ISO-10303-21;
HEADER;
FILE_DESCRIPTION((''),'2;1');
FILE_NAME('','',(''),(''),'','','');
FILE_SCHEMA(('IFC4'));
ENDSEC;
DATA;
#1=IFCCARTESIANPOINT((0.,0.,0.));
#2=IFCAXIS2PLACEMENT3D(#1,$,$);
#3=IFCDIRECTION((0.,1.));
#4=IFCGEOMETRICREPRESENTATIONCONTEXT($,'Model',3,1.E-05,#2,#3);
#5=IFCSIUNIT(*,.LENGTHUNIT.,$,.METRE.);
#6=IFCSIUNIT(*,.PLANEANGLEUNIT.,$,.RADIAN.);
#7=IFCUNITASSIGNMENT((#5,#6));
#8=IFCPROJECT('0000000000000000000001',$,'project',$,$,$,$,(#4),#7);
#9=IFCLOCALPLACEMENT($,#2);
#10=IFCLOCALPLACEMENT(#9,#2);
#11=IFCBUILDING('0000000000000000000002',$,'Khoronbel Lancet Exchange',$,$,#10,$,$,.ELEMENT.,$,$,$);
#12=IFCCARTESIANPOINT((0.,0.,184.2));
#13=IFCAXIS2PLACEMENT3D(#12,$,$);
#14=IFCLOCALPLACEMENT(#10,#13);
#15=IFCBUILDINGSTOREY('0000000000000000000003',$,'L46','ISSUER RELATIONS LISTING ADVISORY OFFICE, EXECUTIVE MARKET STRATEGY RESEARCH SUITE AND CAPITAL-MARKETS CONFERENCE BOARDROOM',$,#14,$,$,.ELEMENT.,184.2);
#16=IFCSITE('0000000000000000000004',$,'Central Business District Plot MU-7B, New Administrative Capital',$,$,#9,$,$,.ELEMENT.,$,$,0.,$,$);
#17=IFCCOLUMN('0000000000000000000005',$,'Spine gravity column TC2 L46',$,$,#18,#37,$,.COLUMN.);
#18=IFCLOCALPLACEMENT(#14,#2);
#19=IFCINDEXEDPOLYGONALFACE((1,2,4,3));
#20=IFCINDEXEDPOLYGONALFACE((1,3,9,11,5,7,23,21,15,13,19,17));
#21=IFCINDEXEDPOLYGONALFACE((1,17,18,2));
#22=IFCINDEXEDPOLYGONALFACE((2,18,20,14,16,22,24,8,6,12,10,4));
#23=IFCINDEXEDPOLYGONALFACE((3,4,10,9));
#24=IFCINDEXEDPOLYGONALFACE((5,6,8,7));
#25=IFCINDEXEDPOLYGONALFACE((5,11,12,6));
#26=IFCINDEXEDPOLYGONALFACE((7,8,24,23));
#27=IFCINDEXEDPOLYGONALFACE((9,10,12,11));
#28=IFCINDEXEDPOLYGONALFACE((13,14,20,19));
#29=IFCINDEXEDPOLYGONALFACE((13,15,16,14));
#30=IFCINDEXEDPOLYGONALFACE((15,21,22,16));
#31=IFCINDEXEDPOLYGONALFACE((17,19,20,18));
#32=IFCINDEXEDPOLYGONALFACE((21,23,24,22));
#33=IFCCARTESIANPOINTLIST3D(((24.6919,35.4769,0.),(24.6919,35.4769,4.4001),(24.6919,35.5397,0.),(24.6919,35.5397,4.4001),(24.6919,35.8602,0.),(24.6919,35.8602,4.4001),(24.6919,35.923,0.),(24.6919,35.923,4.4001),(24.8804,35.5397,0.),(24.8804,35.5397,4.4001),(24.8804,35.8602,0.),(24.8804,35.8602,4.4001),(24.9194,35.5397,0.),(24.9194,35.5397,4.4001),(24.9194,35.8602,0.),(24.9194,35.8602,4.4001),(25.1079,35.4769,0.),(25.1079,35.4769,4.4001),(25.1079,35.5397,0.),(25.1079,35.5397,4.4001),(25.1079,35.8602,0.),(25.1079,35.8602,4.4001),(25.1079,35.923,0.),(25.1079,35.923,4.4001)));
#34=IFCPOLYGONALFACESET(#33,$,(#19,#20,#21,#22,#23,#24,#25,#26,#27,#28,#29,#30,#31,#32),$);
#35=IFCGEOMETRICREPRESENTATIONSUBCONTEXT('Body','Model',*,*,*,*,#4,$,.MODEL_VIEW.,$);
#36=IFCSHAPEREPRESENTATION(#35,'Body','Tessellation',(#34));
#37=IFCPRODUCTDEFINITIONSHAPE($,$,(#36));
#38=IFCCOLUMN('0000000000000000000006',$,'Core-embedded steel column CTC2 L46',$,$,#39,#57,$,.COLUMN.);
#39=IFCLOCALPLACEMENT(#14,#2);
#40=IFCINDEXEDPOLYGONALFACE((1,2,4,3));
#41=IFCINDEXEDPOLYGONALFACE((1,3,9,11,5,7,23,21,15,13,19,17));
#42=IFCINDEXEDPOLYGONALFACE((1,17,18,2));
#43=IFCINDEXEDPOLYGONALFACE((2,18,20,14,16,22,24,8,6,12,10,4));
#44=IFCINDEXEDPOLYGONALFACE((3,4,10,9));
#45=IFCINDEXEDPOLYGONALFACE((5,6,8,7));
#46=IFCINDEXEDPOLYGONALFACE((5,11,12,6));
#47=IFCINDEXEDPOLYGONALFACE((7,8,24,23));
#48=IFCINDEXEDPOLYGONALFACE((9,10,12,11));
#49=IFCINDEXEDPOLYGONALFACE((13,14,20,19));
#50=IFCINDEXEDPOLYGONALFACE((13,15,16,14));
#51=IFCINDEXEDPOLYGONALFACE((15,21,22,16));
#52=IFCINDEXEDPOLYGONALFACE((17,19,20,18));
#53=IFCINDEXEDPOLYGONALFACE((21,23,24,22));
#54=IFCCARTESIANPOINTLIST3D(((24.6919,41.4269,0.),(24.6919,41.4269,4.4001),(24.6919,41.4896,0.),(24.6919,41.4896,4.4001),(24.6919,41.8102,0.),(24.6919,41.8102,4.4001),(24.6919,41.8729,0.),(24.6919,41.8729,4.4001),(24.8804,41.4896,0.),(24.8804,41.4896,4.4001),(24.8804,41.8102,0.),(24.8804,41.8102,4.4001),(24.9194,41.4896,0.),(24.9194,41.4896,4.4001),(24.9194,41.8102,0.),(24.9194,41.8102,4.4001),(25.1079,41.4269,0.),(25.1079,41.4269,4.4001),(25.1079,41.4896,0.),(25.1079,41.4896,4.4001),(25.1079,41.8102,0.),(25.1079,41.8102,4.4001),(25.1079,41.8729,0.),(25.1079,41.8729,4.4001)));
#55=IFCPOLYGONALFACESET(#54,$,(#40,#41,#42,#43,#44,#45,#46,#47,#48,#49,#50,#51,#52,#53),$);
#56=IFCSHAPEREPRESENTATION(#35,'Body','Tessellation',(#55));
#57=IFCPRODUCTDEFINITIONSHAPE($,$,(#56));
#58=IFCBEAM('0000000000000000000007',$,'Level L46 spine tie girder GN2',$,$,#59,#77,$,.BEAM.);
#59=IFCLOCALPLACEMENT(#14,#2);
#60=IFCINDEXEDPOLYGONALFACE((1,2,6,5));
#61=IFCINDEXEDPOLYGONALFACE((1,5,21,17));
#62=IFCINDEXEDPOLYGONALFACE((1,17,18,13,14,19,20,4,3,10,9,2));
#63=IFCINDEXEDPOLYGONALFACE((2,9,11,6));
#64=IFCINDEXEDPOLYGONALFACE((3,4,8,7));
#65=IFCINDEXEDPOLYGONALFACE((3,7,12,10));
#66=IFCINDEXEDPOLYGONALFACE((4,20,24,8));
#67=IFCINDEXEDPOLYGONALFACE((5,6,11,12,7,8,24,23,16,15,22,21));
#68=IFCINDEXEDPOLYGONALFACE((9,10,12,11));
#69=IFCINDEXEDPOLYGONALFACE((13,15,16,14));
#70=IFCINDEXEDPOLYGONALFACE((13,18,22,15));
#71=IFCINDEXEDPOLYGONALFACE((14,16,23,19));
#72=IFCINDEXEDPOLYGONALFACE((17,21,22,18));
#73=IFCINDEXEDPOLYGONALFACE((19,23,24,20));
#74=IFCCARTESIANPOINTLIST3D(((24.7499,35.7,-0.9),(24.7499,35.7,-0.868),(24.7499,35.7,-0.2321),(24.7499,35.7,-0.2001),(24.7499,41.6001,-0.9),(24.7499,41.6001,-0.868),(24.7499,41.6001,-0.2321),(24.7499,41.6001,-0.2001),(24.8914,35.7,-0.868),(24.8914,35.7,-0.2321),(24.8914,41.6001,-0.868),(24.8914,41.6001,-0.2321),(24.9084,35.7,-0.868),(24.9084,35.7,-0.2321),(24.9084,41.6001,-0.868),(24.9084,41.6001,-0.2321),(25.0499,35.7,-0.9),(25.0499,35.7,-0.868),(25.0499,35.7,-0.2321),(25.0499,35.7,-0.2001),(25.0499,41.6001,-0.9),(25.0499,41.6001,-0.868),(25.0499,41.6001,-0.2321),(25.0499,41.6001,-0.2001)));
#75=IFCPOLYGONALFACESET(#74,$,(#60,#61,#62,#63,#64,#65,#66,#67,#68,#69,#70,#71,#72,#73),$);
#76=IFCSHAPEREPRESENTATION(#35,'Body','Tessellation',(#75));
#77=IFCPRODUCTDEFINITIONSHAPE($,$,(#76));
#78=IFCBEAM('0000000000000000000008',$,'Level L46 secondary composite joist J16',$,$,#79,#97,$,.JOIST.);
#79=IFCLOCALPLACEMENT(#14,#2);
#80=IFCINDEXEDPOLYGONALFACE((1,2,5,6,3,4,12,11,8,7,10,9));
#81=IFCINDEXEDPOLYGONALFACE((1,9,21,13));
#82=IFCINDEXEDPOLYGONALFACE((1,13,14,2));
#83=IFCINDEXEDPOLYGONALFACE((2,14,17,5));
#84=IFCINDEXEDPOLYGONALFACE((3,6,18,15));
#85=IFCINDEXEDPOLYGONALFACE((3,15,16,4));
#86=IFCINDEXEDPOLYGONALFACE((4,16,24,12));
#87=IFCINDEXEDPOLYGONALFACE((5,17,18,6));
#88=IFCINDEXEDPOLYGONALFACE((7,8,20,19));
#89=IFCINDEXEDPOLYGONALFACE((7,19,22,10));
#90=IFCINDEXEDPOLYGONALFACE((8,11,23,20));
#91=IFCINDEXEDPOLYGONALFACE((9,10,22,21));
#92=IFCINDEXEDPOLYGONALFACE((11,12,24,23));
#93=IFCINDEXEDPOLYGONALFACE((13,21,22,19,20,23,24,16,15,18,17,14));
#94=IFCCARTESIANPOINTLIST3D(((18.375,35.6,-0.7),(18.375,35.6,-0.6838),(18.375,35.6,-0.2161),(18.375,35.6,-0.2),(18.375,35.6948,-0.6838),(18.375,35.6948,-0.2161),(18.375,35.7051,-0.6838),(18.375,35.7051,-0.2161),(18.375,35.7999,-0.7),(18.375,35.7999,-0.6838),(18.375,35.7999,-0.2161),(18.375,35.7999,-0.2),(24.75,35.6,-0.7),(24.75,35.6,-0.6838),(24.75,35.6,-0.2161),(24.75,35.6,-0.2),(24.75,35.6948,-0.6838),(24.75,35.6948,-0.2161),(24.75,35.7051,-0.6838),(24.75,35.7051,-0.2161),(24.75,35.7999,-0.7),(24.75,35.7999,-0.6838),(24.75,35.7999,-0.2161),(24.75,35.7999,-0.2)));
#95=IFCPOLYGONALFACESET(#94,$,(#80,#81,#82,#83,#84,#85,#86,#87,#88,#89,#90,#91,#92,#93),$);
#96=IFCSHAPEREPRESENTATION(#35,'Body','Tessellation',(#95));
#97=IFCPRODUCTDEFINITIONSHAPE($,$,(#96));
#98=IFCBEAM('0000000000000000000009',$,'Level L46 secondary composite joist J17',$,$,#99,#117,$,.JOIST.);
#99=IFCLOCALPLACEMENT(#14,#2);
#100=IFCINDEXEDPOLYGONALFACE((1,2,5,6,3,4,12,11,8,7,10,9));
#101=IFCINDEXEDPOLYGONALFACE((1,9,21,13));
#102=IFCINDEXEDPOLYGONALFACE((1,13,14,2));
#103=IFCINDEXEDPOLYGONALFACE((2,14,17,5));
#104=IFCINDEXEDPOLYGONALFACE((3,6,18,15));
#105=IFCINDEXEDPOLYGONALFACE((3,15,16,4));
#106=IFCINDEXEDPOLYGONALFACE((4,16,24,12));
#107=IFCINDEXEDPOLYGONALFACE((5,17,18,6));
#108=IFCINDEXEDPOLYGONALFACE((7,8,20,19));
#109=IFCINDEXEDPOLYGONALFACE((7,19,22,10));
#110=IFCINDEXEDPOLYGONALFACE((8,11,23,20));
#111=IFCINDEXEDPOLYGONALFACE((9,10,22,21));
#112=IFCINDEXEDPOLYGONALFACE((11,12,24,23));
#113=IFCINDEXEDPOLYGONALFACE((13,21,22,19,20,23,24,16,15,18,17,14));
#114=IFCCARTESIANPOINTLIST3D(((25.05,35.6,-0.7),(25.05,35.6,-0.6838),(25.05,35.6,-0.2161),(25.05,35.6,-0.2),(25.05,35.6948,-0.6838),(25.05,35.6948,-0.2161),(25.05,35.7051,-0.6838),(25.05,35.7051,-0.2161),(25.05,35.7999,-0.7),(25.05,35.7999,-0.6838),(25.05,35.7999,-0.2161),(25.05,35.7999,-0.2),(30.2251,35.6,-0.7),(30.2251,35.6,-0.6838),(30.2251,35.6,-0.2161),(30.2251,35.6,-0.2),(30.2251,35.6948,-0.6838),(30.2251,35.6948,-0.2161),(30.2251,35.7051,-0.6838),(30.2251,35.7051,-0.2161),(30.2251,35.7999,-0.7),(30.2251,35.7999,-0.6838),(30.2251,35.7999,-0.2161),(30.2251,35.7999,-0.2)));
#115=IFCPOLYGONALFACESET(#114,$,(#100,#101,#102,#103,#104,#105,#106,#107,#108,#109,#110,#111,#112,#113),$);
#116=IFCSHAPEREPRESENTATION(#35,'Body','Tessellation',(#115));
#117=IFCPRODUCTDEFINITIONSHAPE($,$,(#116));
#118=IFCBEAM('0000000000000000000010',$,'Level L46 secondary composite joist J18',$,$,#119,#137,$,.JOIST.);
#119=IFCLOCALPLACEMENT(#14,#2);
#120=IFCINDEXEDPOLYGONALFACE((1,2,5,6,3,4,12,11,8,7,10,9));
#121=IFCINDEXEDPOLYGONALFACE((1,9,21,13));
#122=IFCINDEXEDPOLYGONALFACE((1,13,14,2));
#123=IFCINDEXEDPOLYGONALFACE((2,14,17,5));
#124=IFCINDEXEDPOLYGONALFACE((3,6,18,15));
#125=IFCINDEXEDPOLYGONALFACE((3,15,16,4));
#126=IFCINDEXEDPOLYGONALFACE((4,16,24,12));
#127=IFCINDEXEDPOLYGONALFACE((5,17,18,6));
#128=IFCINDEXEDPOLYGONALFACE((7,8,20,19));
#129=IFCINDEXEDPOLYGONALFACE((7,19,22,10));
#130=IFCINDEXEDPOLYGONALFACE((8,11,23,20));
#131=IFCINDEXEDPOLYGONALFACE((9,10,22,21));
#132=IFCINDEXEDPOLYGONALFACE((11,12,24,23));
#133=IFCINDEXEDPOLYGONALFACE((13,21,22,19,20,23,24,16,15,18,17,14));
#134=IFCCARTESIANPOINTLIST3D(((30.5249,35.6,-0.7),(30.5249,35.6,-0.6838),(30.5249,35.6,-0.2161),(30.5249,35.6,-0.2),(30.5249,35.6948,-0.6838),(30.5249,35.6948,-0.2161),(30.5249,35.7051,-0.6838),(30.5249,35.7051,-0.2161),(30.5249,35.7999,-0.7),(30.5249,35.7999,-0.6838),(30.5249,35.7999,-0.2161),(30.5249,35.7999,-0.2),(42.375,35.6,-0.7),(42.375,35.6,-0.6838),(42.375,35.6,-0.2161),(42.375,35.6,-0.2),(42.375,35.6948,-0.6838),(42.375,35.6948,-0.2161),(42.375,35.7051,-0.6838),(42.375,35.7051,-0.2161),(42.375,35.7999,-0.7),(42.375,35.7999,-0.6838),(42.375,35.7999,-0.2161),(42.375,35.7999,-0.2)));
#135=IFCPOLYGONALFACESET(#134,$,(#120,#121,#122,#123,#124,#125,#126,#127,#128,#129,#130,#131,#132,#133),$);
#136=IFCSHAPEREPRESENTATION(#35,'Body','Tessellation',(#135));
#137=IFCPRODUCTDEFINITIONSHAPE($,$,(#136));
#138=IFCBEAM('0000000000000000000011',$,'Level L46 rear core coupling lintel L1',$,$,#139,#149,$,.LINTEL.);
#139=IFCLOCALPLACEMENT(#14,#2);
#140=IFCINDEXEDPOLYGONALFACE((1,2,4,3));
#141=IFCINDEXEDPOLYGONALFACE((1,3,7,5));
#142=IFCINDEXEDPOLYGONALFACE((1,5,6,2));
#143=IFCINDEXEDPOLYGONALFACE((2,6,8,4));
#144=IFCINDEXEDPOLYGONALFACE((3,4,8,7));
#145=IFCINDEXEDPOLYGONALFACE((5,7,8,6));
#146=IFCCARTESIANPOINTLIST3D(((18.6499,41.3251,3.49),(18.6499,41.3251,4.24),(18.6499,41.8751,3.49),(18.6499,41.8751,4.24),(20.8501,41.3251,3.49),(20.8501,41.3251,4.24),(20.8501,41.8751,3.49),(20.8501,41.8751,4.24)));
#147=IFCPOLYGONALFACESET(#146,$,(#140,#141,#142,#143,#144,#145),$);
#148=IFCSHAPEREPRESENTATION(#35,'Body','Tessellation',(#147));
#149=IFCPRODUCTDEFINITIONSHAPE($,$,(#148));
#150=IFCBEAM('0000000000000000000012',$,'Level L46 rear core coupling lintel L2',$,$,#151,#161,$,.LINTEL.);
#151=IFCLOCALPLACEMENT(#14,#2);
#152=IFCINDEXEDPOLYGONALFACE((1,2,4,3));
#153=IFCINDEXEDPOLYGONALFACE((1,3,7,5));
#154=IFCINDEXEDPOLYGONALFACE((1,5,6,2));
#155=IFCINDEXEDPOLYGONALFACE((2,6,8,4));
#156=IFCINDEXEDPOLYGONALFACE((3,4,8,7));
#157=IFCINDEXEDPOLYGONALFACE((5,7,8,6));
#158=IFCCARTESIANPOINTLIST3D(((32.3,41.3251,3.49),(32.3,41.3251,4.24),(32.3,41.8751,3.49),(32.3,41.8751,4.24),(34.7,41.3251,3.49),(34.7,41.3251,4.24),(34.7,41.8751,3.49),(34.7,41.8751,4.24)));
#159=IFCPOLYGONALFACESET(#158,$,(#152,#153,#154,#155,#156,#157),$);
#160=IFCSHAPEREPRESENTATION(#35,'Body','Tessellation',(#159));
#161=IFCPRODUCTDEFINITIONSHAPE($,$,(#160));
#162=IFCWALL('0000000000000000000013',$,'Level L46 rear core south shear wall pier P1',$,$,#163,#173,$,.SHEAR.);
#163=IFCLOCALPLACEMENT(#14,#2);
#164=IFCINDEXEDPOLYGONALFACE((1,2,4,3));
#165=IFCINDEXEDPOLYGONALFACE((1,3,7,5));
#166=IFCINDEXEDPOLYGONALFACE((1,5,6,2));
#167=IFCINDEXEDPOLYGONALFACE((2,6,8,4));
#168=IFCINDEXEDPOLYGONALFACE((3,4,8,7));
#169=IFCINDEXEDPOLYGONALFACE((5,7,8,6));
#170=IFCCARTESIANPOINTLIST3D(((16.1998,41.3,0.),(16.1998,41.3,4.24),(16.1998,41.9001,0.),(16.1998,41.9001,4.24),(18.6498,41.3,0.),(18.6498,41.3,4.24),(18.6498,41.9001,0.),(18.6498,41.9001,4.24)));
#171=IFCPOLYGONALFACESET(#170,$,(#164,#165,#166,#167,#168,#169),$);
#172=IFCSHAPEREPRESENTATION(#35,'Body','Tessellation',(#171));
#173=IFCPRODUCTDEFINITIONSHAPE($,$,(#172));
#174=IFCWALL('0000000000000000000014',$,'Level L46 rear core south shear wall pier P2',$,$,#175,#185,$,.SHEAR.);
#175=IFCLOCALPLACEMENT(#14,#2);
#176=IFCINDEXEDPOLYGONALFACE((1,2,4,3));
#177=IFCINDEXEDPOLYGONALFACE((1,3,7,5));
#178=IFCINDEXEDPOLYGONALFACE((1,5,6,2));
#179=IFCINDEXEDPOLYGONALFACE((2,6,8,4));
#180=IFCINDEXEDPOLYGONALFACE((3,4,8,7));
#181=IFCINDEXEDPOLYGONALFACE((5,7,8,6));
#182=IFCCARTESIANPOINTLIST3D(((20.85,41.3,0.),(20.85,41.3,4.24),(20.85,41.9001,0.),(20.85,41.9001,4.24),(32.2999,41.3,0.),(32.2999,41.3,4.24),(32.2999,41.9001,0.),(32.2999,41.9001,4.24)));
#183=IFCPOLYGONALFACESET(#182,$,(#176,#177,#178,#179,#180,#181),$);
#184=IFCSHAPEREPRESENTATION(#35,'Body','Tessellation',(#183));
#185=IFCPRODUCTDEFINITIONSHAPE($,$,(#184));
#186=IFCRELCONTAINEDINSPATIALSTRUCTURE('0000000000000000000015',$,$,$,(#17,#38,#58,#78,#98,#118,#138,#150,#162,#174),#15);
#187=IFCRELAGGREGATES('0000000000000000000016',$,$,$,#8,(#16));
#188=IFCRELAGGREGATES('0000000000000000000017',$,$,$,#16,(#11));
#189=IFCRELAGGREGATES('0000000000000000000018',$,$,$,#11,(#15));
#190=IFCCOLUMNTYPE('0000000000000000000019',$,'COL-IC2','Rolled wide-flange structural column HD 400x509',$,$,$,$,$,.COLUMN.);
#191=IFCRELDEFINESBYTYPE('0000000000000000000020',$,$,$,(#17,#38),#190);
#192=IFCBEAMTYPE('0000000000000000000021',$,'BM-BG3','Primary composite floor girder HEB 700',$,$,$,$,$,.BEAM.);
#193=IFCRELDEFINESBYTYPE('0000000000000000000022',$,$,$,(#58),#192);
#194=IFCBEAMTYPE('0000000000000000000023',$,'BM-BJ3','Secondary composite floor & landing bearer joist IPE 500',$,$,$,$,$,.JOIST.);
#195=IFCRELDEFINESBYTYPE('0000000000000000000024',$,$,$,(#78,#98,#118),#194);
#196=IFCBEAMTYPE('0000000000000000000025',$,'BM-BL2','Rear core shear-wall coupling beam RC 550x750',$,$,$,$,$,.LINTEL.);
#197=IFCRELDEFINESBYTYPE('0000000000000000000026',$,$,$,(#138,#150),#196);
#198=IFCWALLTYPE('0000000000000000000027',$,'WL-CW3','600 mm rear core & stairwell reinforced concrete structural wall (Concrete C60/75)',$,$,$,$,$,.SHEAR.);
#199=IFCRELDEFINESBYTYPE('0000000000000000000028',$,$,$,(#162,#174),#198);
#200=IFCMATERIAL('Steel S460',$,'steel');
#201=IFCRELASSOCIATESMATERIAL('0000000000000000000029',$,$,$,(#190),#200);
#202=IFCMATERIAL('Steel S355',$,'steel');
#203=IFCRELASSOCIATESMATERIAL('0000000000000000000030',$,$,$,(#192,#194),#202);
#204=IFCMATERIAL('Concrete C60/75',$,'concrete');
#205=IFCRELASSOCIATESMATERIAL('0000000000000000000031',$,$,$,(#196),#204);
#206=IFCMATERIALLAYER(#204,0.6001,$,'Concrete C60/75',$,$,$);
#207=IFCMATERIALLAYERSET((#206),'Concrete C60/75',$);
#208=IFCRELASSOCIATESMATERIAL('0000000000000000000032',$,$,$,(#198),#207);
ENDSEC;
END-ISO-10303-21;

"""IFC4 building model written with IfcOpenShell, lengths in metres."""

from ifc_helpers import new_model, si_unit, direction, frame, frame_2d, origin, origin_2d, place, context, subcontext, project, spatial, rectangle, i_section, extrude, material, layer, layer_set, material_profile, profile_set, type_object, element, save


model = new_model("IFC4")

# Units and contexts
model_context = context("Model", 3, precision=1e-05, world=origin(), true_north=direction((0.0, 1.0)))
body_context = subcontext(model_context, "Body", "Model", "MODEL_VIEW")
ifc_project = project(units=[si_unit("LENGTHUNIT", "METRE"), si_unit("PLANEANGLEUNIT", "RADIAN")], contexts=[model_context])

# Site, building, storey
site_placement = place(None, origin())
site = spatial("IfcSite", under=ifc_project, at=site_placement, Name="Central Business District Plot MU-7B, New Administrative Capital", CompositionType="ELEMENT", RefElevation=0.0)
building_placement = place(site_placement, origin())
building = spatial("IfcBuilding", under=site, at=building_placement, Name="Khoronbel Lancet Exchange", CompositionType="ELEMENT")
storey_placement = place(building_placement, frame((0.0, 0.0, 184.2)))
storey = spatial("IfcBuildingStorey", under=building, at=storey_placement, Name="L46", Description="ISSUER RELATIONS LISTING ADVISORY OFFICE, EXECUTIVE MARKET STRATEGY RESEARCH SUITE AND CAPITAL-MARKETS CONFERENCE BOARDROOM", CompositionType="ELEMENT", Elevation=184.2)

# Columns
ifc_material_1 = material(Name="Steel S460", Category="steel")
ifc_material_profile_1 = material_profile(ifc_material_1, i_section(OverallWidth=0.416, OverallDepth=0.446, WebThickness=0.0391, FlangeThickness=0.0627, at=origin_2d()), Name="HD 400x509")
ifc_profile_set_1 = profile_set([ifc_material_profile_1], Name="Steel S460")
column_type = type_object("IfcColumnType", Name="COL-IC2", Description="Rolled wide-flange structural column HD 400x509", PredefinedType="COLUMN", material=ifc_profile_set_1)
for number, where, z_axis, x_axis, name in (
    (1, (24.8999, 35.7, 0.0), (0.0, 0.0, 1.0), (1.0, 0.0, 0.0), "Spine gravity column TC2 L46"),
    (2, (24.8999, 41.6499, 0.0), (0.0, 0.0, 1.0), (1.0, 0.0, 0.0), "Core-embedded steel column CTC2 L46"),
):
    element("IfcColumn", number, at=place(storey_placement, frame(where, z_axis=z_axis, x_axis=x_axis)), inside=storey, type_object=column_type, Name=name, PredefinedType="COLUMN", context=body_context, shape_type="SweptSolid", body=[
        extrude(i_section(OverallWidth=0.416, OverallDepth=0.446, WebThickness=0.0391, FlangeThickness=0.0627, at=origin_2d()), origin(), (0.0, 0.0, 1.0), 4.4001),
    ])

# Beams
ifc_material_2 = material(Name="Steel S355", Category="steel")
ifc_material_profile_2 = material_profile(ifc_material_2, i_section(OverallWidth=0.3, OverallDepth=0.7, WebThickness=0.0171, FlangeThickness=0.032, at=origin_2d()), Name="HEB 700")
ifc_profile_set_2 = profile_set([ifc_material_profile_2], Name="Steel S355")
beam_type_1 = type_object("IfcBeamType", Name="BM-BG3", Description="Primary composite floor girder HEB 700", PredefinedType="BEAM", material=ifc_profile_set_2)
beam_1_placement = place(storey_placement, frame((24.8999, 35.7, -0.55), z_axis=(0.0, 1.0, 0.0), x_axis=(-1.0, 0.0, 0.0)))
element("IfcBeam", 3, at=beam_1_placement, inside=storey, type_object=beam_type_1, Name="Level L46 spine tie girder GN2", PredefinedType="BEAM", context=body_context, shape_type="SweptSolid", body=[
    extrude(i_section(OverallWidth=0.3, OverallDepth=0.7, WebThickness=0.0171, FlangeThickness=0.032, at=origin_2d()), origin(), (0.0, 0.0, 1.0), 5.9001),
])
ifc_material_profile_3 = material_profile(ifc_material_2, i_section(OverallWidth=0.2, OverallDepth=0.5, WebThickness=0.0103, FlangeThickness=0.0161, at=origin_2d()), Name="IPE 500")
ifc_profile_set_3 = profile_set([ifc_material_profile_3], Name="Steel S355")
beam_type_2 = type_object("IfcBeamType", Name="BM-BJ3", Description="Secondary composite floor & landing bearer joist IPE 500", PredefinedType="JOIST", material=ifc_profile_set_3)
beam_2_placement = place(storey_placement, frame((18.375, 35.7, -0.45), z_axis=(1.0, 0.0, 0.0), x_axis=(0.0, 1.0, 0.0)))
element("IfcBeam", 4, at=beam_2_placement, inside=storey, type_object=beam_type_2, Name="Level L46 secondary composite joist J16", PredefinedType="JOIST", context=body_context, shape_type="SweptSolid", body=[
    extrude(i_section(OverallWidth=0.2, OverallDepth=0.5, WebThickness=0.0103, FlangeThickness=0.0161, at=origin_2d()), origin(), (0.0, 0.0, 1.0), 6.375),
])
beam_3_placement = place(storey_placement, frame((25.05, 35.7, -0.45), z_axis=(1.0, 0.0, 0.0), x_axis=(0.0, 1.0, 0.0)))
element("IfcBeam", 5, at=beam_3_placement, inside=storey, type_object=beam_type_2, Name="Level L46 secondary composite joist J17", PredefinedType="JOIST", context=body_context, shape_type="SweptSolid", body=[
    extrude(i_section(OverallWidth=0.2, OverallDepth=0.5, WebThickness=0.0103, FlangeThickness=0.0161, at=origin_2d()), origin(), (0.0, 0.0, 1.0), 5.175),
])
beam_4_placement = place(storey_placement, frame((30.5249, 35.7, -0.45), z_axis=(1.0, 0.0, 0.0), x_axis=(0.0, 1.0, 0.0)))
element("IfcBeam", 6, at=beam_4_placement, inside=storey, type_object=beam_type_2, Name="Level L46 secondary composite joist J18", PredefinedType="JOIST", context=body_context, shape_type="SweptSolid", body=[
    extrude(i_section(OverallWidth=0.2, OverallDepth=0.5, WebThickness=0.0103, FlangeThickness=0.0161, at=origin_2d()), origin(), (0.0, 0.0, 1.0), 11.8501),
])
ifc_material_3 = material(Name="Concrete C60/75", Category="concrete")
ifc_material_profile_4 = material_profile(ifc_material_3, rectangle(XDim=0.55, YDim=0.75, at=origin_2d()), Name="RC 550x750")
ifc_profile_set_4 = profile_set([ifc_material_profile_4], Name="Concrete C60/75")
beam_type_3 = type_object("IfcBeamType", Name="BM-BL2", Description="Rear core shear-wall coupling beam RC 550x750", PredefinedType="LINTEL", material=ifc_profile_set_4)
beam_5_placement = place(storey_placement, frame((18.6499, 41.6001, 3.865), z_axis=(1.0, 0.0, 0.0), x_axis=(0.0, 1.0, 0.0)))
element("IfcBeam", 7, at=beam_5_placement, inside=storey, type_object=beam_type_3, Name="Level L46 rear core coupling lintel L1", PredefinedType="LINTEL", context=body_context, shape_type="SweptSolid", body=[
    extrude(rectangle(XDim=0.55, YDim=0.75, at=origin_2d()), origin(), (0.0, 0.0, 1.0), 2.2002),
])
beam_6_placement = place(storey_placement, frame((32.3, 41.6001, 3.865), z_axis=(1.0, 0.0, 0.0), x_axis=(0.0, 1.0, 0.0)))
element("IfcBeam", 8, at=beam_6_placement, inside=storey, type_object=beam_type_3, Name="Level L46 rear core coupling lintel L2", PredefinedType="LINTEL", context=body_context, shape_type="SweptSolid", body=[
    extrude(rectangle(XDim=0.55, YDim=0.75, at=origin_2d()), origin(), (0.0, 0.0, 1.0), 2.3999),
])

# Walls
ifc_layer_1 = layer(ifc_material_3, 0.6001, Name="Concrete C60/75")
ifc_layer_set_1 = layer_set([ifc_layer_1], Name="Concrete C60/75")
wall_type_1 = type_object("IfcWallType", Name="WL-CW3", Description="600 mm rear core & stairwell reinforced concrete structural wall (Concrete C60/75)", PredefinedType="SHEAR", material=ifc_layer_set_1)
wall_1_placement = place(storey_placement, frame((18.6499, 41.6001, 0.0), z_axis=(0.0, 0.0, 1.0), x_axis=(-1.0, 0.0, 0.0)))
element("IfcWall", 9, at=wall_1_placement, inside=storey, type_object=wall_type_1, Name="Level L46 rear core south shear wall pier P1", PredefinedType="SHEAR", context=body_context, shape_type="SweptSolid", body=[
    extrude(rectangle(XDim=2.45, YDim=0.6001, at=frame_2d((1.2251, 0.0))), origin(), (0.0, 0.0, 1.0), 4.24),
])
wall_2_placement = place(storey_placement, frame((32.3, 41.6001, 0.0), z_axis=(0.0, 0.0, 1.0), x_axis=(-1.0, 0.0, 0.0)))
element("IfcWall", 10, at=wall_2_placement, inside=storey, type_object=wall_type_1, Name="Level L46 rear core south shear wall pier P2", PredefinedType="SHEAR", context=body_context, shape_type="SweptSolid", body=[
    extrude(rectangle(XDim=11.45, YDim=0.6001, at=frame_2d((5.7251, 0.0))), origin(), (0.0, 0.0, 1.0), 4.24),
])

save(model, "model.ifc")
